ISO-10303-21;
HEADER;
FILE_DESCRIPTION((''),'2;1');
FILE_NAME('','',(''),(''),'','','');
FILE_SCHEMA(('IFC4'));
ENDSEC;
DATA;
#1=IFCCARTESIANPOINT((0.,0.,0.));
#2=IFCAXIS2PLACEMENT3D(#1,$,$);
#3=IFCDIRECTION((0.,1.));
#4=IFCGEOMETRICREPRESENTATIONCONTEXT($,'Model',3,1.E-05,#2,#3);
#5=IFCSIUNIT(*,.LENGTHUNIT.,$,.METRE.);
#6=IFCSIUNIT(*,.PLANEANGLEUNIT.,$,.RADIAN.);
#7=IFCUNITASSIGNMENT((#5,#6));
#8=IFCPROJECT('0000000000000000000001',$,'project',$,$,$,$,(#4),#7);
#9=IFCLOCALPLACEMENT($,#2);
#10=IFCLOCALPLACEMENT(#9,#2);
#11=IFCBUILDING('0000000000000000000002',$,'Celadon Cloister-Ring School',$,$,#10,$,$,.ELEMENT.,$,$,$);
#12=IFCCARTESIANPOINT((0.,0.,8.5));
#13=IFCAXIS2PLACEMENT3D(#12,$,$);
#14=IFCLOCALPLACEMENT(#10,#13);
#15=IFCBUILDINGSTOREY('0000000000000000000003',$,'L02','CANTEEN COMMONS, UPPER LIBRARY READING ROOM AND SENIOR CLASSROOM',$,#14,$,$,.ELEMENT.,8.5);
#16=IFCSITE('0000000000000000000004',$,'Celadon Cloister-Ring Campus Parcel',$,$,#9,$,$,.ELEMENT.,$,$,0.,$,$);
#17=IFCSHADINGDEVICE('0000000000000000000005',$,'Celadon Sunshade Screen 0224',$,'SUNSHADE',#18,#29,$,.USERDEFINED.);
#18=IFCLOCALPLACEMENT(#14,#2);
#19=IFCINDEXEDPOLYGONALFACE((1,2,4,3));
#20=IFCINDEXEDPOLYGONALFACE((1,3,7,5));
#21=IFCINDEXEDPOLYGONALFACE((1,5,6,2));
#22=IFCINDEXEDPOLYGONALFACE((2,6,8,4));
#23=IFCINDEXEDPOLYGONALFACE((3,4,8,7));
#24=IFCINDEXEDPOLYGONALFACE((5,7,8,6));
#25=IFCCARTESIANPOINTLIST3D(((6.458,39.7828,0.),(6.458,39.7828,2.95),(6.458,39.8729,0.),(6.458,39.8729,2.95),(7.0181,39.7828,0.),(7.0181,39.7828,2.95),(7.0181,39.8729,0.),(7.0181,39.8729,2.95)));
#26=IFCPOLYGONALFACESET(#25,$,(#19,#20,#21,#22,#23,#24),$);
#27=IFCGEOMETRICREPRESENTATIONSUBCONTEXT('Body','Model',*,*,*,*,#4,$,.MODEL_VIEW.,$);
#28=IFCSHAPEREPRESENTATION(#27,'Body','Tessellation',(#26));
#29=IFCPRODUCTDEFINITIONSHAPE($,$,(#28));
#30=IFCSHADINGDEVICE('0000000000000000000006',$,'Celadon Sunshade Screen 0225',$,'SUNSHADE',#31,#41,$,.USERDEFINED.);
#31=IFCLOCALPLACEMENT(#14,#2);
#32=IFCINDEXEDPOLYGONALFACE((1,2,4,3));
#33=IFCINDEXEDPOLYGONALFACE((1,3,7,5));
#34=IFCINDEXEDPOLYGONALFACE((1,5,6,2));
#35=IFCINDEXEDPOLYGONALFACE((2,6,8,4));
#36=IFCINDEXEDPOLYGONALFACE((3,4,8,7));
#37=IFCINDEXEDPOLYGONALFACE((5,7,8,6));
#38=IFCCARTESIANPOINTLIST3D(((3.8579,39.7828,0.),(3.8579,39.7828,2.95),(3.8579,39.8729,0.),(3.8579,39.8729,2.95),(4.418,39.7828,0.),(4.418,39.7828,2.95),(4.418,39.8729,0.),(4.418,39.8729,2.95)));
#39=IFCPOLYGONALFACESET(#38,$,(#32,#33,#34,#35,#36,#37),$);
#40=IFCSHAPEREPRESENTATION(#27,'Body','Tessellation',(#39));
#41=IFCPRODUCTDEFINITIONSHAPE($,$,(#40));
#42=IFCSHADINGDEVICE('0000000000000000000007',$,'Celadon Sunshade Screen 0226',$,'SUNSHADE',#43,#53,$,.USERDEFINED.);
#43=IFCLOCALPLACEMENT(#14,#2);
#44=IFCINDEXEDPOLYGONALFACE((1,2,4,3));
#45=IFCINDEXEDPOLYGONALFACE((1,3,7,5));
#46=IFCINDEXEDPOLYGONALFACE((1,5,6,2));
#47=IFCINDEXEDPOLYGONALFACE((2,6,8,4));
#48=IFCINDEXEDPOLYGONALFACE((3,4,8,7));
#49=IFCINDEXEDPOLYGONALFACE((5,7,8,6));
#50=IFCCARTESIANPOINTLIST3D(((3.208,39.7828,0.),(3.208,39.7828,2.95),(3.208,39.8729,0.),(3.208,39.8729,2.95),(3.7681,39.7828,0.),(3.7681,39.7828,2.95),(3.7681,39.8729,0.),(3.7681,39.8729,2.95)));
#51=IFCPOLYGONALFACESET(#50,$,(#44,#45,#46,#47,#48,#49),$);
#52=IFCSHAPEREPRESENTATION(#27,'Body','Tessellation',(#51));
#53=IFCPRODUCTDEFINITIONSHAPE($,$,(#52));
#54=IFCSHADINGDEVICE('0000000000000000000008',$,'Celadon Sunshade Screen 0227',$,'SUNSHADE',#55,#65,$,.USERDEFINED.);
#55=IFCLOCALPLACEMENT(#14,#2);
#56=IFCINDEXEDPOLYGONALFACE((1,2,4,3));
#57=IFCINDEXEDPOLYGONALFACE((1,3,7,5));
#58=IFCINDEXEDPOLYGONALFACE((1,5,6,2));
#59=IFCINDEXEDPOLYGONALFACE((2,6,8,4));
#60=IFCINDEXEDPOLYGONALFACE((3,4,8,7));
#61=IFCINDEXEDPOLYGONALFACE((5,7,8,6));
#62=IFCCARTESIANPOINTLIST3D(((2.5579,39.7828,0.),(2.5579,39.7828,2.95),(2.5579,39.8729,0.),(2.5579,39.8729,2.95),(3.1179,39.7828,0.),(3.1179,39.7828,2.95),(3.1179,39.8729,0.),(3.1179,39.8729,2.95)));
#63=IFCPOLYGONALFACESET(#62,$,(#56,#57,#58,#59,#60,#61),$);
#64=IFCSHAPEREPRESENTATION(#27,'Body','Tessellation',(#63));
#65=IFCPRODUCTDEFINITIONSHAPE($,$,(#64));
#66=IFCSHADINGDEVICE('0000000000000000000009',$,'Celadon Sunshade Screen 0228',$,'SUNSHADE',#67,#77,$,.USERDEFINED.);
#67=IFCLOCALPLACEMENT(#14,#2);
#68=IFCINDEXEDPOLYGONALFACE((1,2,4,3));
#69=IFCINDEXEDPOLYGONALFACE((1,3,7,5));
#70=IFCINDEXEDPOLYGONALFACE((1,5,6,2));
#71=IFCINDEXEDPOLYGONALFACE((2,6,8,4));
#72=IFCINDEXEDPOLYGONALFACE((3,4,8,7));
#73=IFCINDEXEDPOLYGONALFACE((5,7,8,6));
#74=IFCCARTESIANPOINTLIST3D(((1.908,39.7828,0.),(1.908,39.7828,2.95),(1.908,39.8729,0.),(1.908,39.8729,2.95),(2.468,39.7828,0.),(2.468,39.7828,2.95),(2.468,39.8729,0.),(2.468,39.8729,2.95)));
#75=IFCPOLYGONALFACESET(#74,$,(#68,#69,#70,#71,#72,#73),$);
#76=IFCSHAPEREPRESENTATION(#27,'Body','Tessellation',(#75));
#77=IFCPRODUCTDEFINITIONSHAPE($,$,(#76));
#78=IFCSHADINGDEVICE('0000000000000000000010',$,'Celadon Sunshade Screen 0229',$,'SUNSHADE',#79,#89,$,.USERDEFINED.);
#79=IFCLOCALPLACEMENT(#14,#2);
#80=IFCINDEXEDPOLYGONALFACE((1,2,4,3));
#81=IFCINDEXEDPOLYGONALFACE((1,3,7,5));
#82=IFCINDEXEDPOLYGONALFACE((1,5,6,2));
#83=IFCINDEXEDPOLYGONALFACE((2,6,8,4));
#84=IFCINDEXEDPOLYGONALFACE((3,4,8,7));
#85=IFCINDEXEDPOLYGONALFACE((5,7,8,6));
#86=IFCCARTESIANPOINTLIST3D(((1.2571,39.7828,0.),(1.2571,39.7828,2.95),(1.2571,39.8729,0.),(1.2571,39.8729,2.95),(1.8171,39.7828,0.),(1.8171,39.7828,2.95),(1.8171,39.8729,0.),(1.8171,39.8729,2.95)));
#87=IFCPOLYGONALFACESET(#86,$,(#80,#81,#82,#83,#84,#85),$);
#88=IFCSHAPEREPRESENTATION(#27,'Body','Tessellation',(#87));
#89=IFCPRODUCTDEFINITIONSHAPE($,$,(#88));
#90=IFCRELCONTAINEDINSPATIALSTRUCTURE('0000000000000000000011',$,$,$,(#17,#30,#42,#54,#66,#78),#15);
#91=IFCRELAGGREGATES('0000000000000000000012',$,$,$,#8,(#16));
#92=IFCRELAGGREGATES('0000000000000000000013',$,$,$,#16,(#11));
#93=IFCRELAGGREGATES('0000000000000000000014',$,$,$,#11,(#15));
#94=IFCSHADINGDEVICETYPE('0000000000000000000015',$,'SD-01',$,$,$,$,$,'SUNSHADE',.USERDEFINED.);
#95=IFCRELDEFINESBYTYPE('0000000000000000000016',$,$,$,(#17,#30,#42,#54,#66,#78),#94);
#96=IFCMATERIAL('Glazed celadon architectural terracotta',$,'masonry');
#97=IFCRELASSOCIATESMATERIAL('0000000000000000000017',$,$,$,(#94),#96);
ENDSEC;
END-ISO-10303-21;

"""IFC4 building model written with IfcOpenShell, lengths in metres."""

from ifc_helpers import new_model, si_unit, direction, frame, origin, origin_2d, place, context, subcontext, project, spatial, rectangle, extrude, material, type_object, element, save


model = new_model("IFC4")

# Units and contexts
model_context = context("Model", 3, precision=1e-05, world=origin(), true_north=direction((0.0, 1.0)))
body_context = subcontext(model_context, "Body", "Model", "MODEL_VIEW")
ifc_project = project(units=[si_unit("LENGTHUNIT", "METRE"), si_unit("PLANEANGLEUNIT", "RADIAN")], contexts=[model_context])

# Site, building, storey
site_placement = place(None, origin())
site = spatial("IfcSite", under=ifc_project, at=site_placement, Name="Celadon Cloister-Ring Campus Parcel", CompositionType="ELEMENT", RefElevation=0.0)
building_placement = place(site_placement, origin())
building = spatial("IfcBuilding", under=site, at=building_placement, Name="Celadon Cloister-Ring School", CompositionType="ELEMENT")
storey_placement = place(building_placement, frame((0.0, 0.0, 8.5)))
storey = spatial("IfcBuildingStorey", under=building, at=storey_placement, Name="L02", Description="CANTEEN COMMONS, UPPER LIBRARY READING ROOM AND SENIOR CLASSROOM", CompositionType="ELEMENT", Elevation=8.5)

# Shading devices
ifc_material_1 = material(Name="Glazed celadon architectural terracotta", Category="masonry")
shading_device_type = type_object("IfcShadingDeviceType", Name="SD-01", ElementType="SUNSHADE", PredefinedType="USERDEFINED", material=ifc_material_1)
for number, where, z_axis, x_axis, name in (
    (1, (6.738, 39.8279, 0.0), (0.0, 0.0, 1.0), (-1.0, 0.0, 0.0), "Celadon Sunshade Screen 0224"),
    (2, (4.1379, 39.8279, 0.0), (0.0, 0.0, 1.0), (-1.0, 0.0, 0.0), "Celadon Sunshade Screen 0225"),
    (3, (3.488, 39.8279, 0.0), (0.0, 0.0, 1.0), (-1.0, 0.0, 0.0), "Celadon Sunshade Screen 0226"),
    (4, (2.8379, 39.8279, 0.0), (0.0, 0.0, 1.0), (-1.0, 0.0, 0.0), "Celadon Sunshade Screen 0227"),
    (5, (2.188, 39.8279, 0.0), (0.0, 0.0, 1.0), (-1.0, 0.0, 0.0), "Celadon Sunshade Screen 0228"),
    (6, (1.5371, 39.8279, 0.0), (0.0, 0.0, 1.0), (-1.0, 0.0, 0.0), "Celadon Sunshade Screen 0229"),
):
    element("IfcShadingDevice", number, at=place(storey_placement, frame(where, z_axis=z_axis, x_axis=x_axis)), inside=storey, type_object=shading_device_type, Name=name, ObjectType="SUNSHADE", PredefinedType="USERDEFINED", context=body_context, shape_type="SweptSolid", body=[
        extrude(rectangle(XDim=0.5601, YDim=0.0901, at=origin_2d()), origin(), (0.0, 0.0, 1.0), 2.95),
    ])

save(model, "model.ifc")
